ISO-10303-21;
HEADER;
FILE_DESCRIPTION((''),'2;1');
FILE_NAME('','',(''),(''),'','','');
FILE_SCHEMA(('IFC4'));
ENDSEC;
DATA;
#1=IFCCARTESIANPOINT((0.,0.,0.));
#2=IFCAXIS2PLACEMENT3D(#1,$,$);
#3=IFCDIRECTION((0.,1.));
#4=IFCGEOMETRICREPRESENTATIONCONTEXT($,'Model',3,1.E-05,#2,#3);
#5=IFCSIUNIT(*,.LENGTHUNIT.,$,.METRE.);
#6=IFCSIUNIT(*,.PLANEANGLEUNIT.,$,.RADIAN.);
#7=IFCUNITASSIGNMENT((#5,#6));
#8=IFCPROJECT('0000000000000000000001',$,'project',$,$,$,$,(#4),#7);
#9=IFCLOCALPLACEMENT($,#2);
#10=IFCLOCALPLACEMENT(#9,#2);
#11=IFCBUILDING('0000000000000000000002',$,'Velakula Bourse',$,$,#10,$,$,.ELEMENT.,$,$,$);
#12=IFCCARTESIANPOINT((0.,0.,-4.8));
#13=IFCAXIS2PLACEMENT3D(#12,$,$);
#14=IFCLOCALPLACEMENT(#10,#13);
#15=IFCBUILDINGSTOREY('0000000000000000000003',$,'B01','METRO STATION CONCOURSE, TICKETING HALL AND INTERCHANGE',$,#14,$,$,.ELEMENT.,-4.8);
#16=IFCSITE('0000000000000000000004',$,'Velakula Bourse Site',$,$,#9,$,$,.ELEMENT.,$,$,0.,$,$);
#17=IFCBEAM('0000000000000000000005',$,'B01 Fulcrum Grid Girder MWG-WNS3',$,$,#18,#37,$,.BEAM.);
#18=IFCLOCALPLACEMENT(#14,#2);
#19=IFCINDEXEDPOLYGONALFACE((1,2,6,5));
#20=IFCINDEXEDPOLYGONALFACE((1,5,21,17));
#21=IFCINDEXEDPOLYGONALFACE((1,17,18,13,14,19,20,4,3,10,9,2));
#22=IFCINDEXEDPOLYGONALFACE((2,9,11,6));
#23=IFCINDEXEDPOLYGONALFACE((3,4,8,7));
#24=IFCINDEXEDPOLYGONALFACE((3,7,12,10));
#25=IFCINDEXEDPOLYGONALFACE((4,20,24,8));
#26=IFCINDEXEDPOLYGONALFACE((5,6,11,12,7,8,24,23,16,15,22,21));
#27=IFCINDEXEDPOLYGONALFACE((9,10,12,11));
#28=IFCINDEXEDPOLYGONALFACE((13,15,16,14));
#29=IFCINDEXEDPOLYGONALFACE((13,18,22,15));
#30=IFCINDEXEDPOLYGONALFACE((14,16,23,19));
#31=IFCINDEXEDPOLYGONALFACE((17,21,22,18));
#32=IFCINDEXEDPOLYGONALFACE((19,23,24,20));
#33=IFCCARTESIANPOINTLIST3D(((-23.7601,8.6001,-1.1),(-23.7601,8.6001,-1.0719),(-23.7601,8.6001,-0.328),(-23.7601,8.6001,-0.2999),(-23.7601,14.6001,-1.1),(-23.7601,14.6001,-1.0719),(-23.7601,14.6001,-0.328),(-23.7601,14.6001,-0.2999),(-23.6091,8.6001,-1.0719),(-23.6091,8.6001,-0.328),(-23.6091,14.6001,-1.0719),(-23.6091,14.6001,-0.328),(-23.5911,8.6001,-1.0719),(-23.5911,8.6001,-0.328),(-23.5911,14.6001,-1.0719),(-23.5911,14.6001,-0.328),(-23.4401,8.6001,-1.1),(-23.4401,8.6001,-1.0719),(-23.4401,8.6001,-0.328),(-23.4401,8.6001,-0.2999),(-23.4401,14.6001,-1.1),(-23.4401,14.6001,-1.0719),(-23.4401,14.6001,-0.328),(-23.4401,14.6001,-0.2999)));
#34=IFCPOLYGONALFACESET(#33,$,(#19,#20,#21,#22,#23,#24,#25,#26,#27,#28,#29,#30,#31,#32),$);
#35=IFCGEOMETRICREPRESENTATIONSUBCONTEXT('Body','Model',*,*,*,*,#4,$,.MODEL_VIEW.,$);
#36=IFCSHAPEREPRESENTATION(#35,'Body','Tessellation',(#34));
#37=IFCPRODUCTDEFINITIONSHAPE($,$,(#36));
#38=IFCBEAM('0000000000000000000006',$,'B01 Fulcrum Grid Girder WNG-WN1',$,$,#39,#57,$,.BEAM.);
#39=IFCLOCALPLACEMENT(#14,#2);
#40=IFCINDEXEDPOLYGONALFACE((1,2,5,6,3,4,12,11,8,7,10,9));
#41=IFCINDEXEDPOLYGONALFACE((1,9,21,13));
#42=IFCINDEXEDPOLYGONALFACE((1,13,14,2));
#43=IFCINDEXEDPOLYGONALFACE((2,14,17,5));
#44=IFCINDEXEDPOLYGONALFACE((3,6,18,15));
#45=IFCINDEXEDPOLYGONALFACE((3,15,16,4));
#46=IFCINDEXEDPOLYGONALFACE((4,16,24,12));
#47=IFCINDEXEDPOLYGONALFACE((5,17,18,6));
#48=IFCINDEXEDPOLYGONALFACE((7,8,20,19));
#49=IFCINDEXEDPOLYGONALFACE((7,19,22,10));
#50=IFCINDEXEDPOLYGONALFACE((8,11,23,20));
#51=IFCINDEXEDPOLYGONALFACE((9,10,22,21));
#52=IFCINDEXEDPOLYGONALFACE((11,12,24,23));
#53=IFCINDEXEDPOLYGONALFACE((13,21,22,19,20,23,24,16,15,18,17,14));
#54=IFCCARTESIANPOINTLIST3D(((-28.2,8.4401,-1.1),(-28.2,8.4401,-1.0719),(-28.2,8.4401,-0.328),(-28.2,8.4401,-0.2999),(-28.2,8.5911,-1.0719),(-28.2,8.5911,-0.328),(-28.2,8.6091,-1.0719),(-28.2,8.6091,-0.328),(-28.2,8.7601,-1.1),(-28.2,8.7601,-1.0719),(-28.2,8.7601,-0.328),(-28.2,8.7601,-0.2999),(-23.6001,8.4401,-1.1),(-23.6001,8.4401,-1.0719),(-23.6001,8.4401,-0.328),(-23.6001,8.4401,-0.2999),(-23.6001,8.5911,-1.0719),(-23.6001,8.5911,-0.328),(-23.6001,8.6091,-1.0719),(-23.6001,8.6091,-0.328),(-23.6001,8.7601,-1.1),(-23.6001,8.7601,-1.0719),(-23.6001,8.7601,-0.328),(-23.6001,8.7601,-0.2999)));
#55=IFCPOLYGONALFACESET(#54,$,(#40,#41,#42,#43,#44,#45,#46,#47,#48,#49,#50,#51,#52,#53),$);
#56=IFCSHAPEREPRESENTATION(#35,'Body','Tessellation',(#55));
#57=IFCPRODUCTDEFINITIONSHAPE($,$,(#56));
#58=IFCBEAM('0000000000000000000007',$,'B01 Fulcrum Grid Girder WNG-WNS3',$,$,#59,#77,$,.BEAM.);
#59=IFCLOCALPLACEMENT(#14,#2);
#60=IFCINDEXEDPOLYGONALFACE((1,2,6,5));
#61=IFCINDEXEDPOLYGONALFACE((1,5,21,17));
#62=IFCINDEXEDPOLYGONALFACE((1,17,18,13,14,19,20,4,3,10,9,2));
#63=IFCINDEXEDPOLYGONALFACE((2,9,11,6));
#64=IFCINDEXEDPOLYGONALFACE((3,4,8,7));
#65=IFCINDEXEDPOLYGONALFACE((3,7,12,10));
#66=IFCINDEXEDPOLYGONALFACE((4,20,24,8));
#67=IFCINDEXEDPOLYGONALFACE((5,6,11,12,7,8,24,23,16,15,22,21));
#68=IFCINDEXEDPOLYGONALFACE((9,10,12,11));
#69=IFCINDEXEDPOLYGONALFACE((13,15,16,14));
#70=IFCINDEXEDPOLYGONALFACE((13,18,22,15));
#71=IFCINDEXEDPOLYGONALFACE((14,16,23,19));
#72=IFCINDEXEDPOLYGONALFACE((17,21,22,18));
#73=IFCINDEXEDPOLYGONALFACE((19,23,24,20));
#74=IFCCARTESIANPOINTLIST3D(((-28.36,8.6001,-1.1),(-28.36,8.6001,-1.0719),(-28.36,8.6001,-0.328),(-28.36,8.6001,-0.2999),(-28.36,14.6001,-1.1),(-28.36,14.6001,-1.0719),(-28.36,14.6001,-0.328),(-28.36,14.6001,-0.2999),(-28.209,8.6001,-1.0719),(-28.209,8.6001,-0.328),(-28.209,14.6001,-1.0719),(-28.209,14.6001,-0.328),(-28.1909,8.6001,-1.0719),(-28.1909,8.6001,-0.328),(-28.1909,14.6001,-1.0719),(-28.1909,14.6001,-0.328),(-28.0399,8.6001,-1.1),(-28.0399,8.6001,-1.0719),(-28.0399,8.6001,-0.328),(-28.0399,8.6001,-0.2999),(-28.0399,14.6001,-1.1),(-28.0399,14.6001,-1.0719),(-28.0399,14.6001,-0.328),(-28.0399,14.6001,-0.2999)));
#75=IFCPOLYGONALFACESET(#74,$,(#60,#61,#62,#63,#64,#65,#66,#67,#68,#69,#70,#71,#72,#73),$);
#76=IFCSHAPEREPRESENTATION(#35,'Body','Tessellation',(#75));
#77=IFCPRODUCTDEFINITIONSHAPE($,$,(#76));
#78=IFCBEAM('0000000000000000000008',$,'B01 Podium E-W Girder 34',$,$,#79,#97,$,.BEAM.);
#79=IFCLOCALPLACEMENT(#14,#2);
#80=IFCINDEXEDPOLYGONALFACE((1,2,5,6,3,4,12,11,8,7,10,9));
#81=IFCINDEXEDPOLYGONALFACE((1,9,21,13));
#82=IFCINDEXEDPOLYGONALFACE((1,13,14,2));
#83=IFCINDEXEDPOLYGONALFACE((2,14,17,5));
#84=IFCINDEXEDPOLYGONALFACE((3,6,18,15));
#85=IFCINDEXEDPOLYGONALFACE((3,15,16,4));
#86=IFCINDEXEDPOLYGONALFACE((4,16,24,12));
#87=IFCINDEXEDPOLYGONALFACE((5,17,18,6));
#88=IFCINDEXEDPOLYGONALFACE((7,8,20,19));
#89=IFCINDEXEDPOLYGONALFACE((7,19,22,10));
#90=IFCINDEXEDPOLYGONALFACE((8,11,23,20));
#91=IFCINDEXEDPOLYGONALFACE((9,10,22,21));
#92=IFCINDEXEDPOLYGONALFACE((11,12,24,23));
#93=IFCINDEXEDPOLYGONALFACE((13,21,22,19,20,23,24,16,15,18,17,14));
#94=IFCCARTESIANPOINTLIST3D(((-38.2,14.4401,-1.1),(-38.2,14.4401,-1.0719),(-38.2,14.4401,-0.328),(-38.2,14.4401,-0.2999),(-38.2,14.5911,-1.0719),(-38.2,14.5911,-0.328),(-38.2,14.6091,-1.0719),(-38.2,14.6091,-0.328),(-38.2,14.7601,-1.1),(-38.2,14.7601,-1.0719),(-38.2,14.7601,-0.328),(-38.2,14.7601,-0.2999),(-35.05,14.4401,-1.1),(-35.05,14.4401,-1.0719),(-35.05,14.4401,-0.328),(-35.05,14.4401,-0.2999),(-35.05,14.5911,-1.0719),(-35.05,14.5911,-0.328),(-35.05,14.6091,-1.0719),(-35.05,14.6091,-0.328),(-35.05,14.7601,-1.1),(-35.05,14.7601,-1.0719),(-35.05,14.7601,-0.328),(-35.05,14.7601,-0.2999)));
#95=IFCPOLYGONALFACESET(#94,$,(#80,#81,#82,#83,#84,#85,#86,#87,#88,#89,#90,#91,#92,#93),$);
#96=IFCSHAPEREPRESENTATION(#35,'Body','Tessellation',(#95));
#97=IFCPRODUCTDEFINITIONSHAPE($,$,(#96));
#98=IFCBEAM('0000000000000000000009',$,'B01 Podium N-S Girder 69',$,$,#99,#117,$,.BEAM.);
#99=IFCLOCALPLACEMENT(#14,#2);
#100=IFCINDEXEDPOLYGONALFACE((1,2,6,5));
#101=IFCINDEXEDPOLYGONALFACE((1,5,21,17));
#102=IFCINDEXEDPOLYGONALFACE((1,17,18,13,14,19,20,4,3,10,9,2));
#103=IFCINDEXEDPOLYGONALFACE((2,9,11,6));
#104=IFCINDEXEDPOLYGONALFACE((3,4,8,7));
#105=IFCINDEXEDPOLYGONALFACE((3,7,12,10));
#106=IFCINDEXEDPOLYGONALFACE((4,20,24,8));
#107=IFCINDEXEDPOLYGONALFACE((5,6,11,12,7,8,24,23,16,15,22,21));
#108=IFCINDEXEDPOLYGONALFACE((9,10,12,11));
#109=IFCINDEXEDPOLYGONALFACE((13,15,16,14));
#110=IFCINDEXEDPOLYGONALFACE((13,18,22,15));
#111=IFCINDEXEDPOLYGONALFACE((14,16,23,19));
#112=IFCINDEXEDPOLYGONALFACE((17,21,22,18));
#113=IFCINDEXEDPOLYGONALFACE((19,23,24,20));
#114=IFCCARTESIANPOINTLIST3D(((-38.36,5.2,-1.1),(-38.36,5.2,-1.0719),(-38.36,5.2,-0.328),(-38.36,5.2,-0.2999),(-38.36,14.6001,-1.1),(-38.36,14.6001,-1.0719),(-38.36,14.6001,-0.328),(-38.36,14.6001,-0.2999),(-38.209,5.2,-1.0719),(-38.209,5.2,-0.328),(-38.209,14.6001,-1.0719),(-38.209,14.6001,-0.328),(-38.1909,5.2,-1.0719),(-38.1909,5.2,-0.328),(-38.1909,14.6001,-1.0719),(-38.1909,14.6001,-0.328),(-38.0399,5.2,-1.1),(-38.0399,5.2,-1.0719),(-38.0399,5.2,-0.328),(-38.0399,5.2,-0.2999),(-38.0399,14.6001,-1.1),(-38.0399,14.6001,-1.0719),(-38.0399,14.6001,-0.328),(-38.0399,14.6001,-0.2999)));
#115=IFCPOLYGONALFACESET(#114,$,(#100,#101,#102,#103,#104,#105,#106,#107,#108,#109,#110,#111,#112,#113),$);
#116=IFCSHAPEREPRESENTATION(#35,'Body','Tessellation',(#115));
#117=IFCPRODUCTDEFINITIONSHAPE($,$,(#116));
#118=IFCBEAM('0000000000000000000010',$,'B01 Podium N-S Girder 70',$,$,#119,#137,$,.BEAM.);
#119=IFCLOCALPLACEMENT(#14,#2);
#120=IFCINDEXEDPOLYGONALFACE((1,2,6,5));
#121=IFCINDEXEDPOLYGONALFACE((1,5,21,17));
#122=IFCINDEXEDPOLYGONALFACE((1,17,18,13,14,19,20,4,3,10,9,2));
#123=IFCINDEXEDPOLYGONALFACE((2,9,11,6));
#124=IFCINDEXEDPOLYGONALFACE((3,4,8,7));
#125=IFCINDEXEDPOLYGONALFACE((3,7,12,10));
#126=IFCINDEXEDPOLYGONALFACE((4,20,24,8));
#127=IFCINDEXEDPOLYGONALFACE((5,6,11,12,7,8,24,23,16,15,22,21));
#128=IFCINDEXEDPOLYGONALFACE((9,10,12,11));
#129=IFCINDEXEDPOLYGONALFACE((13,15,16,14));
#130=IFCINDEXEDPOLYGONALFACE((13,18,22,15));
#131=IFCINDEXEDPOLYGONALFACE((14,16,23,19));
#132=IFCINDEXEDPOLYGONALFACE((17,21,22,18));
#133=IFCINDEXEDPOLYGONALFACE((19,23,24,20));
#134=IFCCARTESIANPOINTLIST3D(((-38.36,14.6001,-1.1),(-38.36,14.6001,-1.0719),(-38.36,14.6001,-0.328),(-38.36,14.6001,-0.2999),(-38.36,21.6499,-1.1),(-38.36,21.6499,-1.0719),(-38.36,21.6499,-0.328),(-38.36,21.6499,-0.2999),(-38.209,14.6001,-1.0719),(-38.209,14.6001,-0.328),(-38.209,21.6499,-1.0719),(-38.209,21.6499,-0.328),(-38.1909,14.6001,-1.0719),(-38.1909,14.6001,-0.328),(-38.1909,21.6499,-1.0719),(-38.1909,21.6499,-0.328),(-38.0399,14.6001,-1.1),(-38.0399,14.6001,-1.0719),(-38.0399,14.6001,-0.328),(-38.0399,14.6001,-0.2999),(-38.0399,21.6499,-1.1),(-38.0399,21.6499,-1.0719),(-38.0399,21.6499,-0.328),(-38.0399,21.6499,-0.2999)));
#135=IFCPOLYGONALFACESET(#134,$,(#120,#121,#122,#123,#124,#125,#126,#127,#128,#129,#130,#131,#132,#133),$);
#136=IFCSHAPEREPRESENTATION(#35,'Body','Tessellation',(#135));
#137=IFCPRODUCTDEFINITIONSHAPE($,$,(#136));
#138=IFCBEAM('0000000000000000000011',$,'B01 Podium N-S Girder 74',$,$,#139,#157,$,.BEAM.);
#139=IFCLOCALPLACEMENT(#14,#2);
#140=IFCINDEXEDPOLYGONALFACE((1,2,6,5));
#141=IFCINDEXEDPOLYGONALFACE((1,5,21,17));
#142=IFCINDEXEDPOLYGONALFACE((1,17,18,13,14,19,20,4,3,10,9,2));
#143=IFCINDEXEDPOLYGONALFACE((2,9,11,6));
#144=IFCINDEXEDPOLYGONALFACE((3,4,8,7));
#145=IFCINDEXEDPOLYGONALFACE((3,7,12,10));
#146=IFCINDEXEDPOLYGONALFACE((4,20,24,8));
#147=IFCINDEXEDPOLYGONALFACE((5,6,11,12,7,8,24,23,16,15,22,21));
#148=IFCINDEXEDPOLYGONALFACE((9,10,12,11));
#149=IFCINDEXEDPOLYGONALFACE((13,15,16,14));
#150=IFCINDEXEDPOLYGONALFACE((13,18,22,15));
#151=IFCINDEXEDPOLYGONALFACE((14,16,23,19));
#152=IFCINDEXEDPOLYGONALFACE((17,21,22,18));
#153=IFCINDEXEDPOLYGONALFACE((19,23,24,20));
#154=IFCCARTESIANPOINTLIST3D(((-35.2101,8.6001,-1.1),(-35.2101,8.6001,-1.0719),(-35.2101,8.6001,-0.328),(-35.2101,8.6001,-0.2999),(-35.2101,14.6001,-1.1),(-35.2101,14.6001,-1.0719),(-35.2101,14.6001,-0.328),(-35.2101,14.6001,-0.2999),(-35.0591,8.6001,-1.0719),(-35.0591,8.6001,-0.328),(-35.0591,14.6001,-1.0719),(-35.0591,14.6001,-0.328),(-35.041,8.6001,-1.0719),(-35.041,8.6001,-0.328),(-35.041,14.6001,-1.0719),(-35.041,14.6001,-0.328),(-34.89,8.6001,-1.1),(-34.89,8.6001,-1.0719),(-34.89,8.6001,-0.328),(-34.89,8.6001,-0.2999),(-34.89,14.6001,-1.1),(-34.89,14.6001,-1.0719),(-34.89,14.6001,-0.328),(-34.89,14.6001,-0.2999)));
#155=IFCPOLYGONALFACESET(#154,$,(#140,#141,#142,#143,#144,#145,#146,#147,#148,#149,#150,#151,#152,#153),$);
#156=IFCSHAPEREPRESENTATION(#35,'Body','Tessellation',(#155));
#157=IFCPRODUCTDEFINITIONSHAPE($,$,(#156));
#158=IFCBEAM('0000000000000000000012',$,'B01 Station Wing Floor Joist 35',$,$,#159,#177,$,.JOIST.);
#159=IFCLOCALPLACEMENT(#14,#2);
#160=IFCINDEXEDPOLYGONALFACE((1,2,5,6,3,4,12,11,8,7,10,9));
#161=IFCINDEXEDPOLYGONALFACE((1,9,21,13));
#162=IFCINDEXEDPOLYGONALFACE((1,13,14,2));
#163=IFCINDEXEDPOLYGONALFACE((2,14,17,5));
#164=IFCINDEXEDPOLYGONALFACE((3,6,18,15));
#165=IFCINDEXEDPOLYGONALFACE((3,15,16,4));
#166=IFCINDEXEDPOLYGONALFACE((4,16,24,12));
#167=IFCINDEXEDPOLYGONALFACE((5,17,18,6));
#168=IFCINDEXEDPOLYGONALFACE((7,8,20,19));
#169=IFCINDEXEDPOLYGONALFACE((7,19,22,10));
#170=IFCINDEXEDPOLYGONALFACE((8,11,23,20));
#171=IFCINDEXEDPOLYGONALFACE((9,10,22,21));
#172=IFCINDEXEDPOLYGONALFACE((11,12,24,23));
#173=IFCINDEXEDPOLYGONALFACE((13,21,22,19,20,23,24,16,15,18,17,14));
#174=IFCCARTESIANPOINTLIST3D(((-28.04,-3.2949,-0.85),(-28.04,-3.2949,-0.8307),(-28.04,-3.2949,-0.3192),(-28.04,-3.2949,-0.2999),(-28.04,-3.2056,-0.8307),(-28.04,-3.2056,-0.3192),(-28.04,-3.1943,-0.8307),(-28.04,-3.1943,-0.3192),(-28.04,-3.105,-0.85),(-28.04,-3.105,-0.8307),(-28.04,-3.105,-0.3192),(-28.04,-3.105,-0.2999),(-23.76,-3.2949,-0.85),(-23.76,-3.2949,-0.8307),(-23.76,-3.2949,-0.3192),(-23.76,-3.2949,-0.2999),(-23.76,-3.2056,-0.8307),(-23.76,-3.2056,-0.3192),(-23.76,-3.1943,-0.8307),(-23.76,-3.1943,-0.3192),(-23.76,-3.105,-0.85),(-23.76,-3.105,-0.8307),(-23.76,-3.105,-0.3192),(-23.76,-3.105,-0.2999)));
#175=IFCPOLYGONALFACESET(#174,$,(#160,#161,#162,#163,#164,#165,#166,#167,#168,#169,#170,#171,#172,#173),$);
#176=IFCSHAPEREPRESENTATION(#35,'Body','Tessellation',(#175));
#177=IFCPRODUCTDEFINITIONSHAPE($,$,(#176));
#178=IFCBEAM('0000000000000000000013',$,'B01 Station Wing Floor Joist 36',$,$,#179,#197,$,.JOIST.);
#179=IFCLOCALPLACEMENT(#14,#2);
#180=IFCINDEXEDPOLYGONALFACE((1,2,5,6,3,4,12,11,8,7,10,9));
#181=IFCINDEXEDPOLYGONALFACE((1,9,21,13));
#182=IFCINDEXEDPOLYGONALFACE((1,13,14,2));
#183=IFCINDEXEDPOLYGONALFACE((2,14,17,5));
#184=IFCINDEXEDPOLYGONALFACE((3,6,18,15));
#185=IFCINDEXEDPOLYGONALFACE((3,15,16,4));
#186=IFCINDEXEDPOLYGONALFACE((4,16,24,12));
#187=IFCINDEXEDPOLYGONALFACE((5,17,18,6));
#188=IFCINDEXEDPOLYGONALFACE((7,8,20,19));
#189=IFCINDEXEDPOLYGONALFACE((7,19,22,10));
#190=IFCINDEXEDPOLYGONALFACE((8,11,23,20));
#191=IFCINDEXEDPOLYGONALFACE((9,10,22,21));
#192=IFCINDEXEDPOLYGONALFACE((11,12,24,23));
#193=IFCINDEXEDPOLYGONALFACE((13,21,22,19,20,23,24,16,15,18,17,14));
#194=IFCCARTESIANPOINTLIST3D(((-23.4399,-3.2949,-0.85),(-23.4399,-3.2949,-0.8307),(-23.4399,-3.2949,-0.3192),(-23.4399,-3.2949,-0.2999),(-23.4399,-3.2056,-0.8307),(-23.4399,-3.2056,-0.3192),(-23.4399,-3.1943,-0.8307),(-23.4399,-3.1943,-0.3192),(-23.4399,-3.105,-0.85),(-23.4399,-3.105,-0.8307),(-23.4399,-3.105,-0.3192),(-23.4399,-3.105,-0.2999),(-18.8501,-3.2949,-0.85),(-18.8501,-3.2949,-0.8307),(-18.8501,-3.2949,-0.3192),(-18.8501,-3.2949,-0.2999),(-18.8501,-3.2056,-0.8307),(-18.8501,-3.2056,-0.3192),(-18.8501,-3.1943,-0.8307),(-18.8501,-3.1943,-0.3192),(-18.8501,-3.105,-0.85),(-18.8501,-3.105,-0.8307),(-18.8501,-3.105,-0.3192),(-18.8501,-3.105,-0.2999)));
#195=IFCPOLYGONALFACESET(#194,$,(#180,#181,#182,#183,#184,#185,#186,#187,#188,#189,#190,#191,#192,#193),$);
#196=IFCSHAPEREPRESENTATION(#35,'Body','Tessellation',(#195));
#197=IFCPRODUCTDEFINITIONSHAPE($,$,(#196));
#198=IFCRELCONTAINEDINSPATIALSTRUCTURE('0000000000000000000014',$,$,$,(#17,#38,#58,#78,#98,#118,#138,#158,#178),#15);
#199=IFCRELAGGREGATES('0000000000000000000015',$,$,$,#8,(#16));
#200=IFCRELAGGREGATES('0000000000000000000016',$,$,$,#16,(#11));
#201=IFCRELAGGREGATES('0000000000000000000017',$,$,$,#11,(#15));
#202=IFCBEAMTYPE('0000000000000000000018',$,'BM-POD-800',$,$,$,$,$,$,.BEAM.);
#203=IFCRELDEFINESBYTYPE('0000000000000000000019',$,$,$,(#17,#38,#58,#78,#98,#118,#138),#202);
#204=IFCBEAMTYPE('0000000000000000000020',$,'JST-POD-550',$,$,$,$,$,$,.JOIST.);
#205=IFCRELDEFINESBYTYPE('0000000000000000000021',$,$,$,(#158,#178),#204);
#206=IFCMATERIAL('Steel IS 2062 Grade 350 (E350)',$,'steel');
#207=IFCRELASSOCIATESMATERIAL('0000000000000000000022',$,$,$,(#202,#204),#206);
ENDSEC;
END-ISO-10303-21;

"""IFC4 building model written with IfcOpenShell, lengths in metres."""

from ifc_helpers import new_model, si_unit, direction, frame, origin, origin_2d, place, context, subcontext, project, spatial, i_section, extrude, material, material_profile, profile_set, type_object, element, save


model = new_model("IFC4")

# Units and contexts
model_context = context("Model", 3, precision=1e-05, world=origin(), true_north=direction((0.0, 1.0)))
body_context = subcontext(model_context, "Body", "Model", "MODEL_VIEW")
ifc_project = project(units=[si_unit("LENGTHUNIT", "METRE"), si_unit("PLANEANGLEUNIT", "RADIAN")], contexts=[model_context])

# Site, building, storey
site_placement = place(None, origin())
site = spatial("IfcSite", under=ifc_project, at=site_placement, Name="Velakula Bourse Site", CompositionType="ELEMENT", RefElevation=0.0)
building_placement = place(site_placement, origin())
building = spatial("IfcBuilding", under=site, at=building_placement, Name="Velakula Bourse", CompositionType="ELEMENT")
storey_placement = place(building_placement, frame((0.0, 0.0, -4.8)))
storey = spatial("IfcBuildingStorey", under=building, at=storey_placement, Name="B01", Description="METRO STATION CONCOURSE, TICKETING HALL AND INTERCHANGE", CompositionType="ELEMENT", Elevation=-4.8)

# Beams
ifc_material_1 = material(Name="Steel IS 2062 Grade 350 (E350)", Category="steel")
ifc_material_profile_1 = material_profile(ifc_material_1, i_section(OverallWidth=0.3201, OverallDepth=0.8, WebThickness=0.0181, FlangeThickness=0.0281, at=origin_2d()), Name="Steel IS 2062 Grade 350 (E350)")
ifc_profile_set_1 = profile_set([ifc_material_profile_1], Name="Steel IS 2062 Grade 350 (E350)")
beam_type_1 = type_object("IfcBeamType", Name="BM-POD-800", PredefinedType="BEAM", material=ifc_profile_set_1)
beam_1_placement = place(storey_placement, frame((-23.6001, 8.6001, -0.7), z_axis=(0.0, 1.0, 0.0), x_axis=(-1.0, 0.0, 0.0)))
element("IfcBeam", 1, at=beam_1_placement, inside=storey, type_object=beam_type_1, Name="B01 Fulcrum Grid Girder MWG-WNS3", PredefinedType="BEAM", context=body_context, shape_type="SweptSolid", body=[
    extrude(i_section(OverallWidth=0.3201, OverallDepth=0.8, WebThickness=0.0181, FlangeThickness=0.0281, at=origin_2d()), origin(), (0.0, 0.0, 1.0), 6.0),
])
beam_2_placement = place(storey_placement, frame((-28.2, 8.6001, -0.7), z_axis=(1.0, 0.0, 0.0), x_axis=(0.0, 1.0, 0.0)))
element("IfcBeam", 2, at=beam_2_placement, inside=storey, type_object=beam_type_1, Name="B01 Fulcrum Grid Girder WNG-WN1", PredefinedType="BEAM", context=body_context, shape_type="SweptSolid", body=[
    extrude(i_section(OverallWidth=0.3201, OverallDepth=0.8, WebThickness=0.0181, FlangeThickness=0.0281, at=origin_2d()), origin(), (0.0, 0.0, 1.0), 4.5999),
])
beam_3_placement = place(storey_placement, frame((-28.2, 8.6001, -0.7), z_axis=(0.0, 1.0, 0.0), x_axis=(-1.0, 0.0, 0.0)))
element("IfcBeam", 3, at=beam_3_placement, inside=storey, type_object=beam_type_1, Name="B01 Fulcrum Grid Girder WNG-WNS3", PredefinedType="BEAM", context=body_context, shape_type="SweptSolid", body=[
    extrude(i_section(OverallWidth=0.3201, OverallDepth=0.8, WebThickness=0.0181, FlangeThickness=0.0281, at=origin_2d()), origin(), (0.0, 0.0, 1.0), 6.0),
])
beam_4_placement = place(storey_placement, frame((-38.2, 14.6001, -0.7), z_axis=(1.0, 0.0, 0.0), x_axis=(0.0, 1.0, 0.0)))
element("IfcBeam", 4, at=beam_4_placement, inside=storey, type_object=beam_type_1, Name="B01 Podium E-W Girder 34", PredefinedType="BEAM", context=body_context, shape_type="SweptSolid", body=[
    extrude(i_section(OverallWidth=0.3201, OverallDepth=0.8, WebThickness=0.0181, FlangeThickness=0.0281, at=origin_2d()), origin(), (0.0, 0.0, 1.0), 3.1499),
])
beam_5_placement = place(storey_placement, frame((-38.2, 5.2, -0.7), z_axis=(0.0, 1.0, 0.0), x_axis=(-1.0, 0.0, 0.0)))
element("IfcBeam", 5, at=beam_5_placement, inside=storey, type_object=beam_type_1, Name="B01 Podium N-S Girder 69", PredefinedType="BEAM", context=body_context, shape_type="SweptSolid", body=[
    extrude(i_section(OverallWidth=0.3201, OverallDepth=0.8, WebThickness=0.0181, FlangeThickness=0.0281, at=origin_2d()), origin(), (0.0, 0.0, 1.0), 9.4001),
])
beam_6_placement = place(storey_placement, frame((-38.2, 14.6001, -0.7), z_axis=(0.0, 1.0, 0.0), x_axis=(-1.0, 0.0, 0.0)))
element("IfcBeam", 6, at=beam_6_placement, inside=storey, type_object=beam_type_1, Name="B01 Podium N-S Girder 70", PredefinedType="BEAM", context=body_context, shape_type="SweptSolid", body=[
    extrude(i_section(OverallWidth=0.3201, OverallDepth=0.8, WebThickness=0.0181, FlangeThickness=0.0281, at=origin_2d()), origin(), (0.0, 0.0, 1.0), 7.0498),
])
beam_7_placement = place(storey_placement, frame((-35.05, 8.6001, -0.7), z_axis=(0.0, 1.0, 0.0), x_axis=(-1.0, 0.0, 0.0)))
element("IfcBeam", 7, at=beam_7_placement, inside=storey, type_object=beam_type_1, Name="B01 Podium N-S Girder 74", PredefinedType="BEAM", context=body_context, shape_type="SweptSolid", body=[
    extrude(i_section(OverallWidth=0.3201, OverallDepth=0.8, WebThickness=0.0181, FlangeThickness=0.0281, at=origin_2d()), origin(), (0.0, 0.0, 1.0), 6.0),
])
ifc_material_profile_2 = material_profile(ifc_material_1, i_section(OverallWidth=0.1899, OverallDepth=0.55, WebThickness=0.0112, FlangeThickness=0.0193, at=origin_2d()), Name="Steel IS 2062 Grade 350 (E350)")
ifc_profile_set_2 = profile_set([ifc_material_profile_2], Name="Steel IS 2062 Grade 350 (E350)")
beam_type_2 = type_object("IfcBeamType", Name="JST-POD-550", PredefinedType="JOIST", material=ifc_profile_set_2)
beam_8_placement = place(storey_placement, frame((-28.04, -3.2, -0.575), z_axis=(1.0, 0.0, 0.0), x_axis=(0.0, 1.0, 0.0)))
element("IfcBeam", 8, at=beam_8_placement, inside=storey, type_object=beam_type_2, Name="B01 Station Wing Floor Joist 35", PredefinedType="JOIST", context=body_context, shape_type="SweptSolid", body=[
    extrude(i_section(OverallWidth=0.1899, OverallDepth=0.55, WebThickness=0.0112, FlangeThickness=0.0193, at=origin_2d()), origin(), (0.0, 0.0, 1.0), 4.28),
])
beam_9_placement = place(storey_placement, frame((-23.4399, -3.2, -0.575), z_axis=(1.0, 0.0, 0.0), x_axis=(0.0, 1.0, 0.0)))
element("IfcBeam", 9, at=beam_9_placement, inside=storey, type_object=beam_type_2, Name="B01 Station Wing Floor Joist 36", PredefinedType="JOIST", context=body_context, shape_type="SweptSolid", body=[
    extrude(i_section(OverallWidth=0.1899, OverallDepth=0.55, WebThickness=0.0112, FlangeThickness=0.0193, at=origin_2d()), origin(), (0.0, 0.0, 1.0), 4.5898),
])

save(model, "model.ifc")
